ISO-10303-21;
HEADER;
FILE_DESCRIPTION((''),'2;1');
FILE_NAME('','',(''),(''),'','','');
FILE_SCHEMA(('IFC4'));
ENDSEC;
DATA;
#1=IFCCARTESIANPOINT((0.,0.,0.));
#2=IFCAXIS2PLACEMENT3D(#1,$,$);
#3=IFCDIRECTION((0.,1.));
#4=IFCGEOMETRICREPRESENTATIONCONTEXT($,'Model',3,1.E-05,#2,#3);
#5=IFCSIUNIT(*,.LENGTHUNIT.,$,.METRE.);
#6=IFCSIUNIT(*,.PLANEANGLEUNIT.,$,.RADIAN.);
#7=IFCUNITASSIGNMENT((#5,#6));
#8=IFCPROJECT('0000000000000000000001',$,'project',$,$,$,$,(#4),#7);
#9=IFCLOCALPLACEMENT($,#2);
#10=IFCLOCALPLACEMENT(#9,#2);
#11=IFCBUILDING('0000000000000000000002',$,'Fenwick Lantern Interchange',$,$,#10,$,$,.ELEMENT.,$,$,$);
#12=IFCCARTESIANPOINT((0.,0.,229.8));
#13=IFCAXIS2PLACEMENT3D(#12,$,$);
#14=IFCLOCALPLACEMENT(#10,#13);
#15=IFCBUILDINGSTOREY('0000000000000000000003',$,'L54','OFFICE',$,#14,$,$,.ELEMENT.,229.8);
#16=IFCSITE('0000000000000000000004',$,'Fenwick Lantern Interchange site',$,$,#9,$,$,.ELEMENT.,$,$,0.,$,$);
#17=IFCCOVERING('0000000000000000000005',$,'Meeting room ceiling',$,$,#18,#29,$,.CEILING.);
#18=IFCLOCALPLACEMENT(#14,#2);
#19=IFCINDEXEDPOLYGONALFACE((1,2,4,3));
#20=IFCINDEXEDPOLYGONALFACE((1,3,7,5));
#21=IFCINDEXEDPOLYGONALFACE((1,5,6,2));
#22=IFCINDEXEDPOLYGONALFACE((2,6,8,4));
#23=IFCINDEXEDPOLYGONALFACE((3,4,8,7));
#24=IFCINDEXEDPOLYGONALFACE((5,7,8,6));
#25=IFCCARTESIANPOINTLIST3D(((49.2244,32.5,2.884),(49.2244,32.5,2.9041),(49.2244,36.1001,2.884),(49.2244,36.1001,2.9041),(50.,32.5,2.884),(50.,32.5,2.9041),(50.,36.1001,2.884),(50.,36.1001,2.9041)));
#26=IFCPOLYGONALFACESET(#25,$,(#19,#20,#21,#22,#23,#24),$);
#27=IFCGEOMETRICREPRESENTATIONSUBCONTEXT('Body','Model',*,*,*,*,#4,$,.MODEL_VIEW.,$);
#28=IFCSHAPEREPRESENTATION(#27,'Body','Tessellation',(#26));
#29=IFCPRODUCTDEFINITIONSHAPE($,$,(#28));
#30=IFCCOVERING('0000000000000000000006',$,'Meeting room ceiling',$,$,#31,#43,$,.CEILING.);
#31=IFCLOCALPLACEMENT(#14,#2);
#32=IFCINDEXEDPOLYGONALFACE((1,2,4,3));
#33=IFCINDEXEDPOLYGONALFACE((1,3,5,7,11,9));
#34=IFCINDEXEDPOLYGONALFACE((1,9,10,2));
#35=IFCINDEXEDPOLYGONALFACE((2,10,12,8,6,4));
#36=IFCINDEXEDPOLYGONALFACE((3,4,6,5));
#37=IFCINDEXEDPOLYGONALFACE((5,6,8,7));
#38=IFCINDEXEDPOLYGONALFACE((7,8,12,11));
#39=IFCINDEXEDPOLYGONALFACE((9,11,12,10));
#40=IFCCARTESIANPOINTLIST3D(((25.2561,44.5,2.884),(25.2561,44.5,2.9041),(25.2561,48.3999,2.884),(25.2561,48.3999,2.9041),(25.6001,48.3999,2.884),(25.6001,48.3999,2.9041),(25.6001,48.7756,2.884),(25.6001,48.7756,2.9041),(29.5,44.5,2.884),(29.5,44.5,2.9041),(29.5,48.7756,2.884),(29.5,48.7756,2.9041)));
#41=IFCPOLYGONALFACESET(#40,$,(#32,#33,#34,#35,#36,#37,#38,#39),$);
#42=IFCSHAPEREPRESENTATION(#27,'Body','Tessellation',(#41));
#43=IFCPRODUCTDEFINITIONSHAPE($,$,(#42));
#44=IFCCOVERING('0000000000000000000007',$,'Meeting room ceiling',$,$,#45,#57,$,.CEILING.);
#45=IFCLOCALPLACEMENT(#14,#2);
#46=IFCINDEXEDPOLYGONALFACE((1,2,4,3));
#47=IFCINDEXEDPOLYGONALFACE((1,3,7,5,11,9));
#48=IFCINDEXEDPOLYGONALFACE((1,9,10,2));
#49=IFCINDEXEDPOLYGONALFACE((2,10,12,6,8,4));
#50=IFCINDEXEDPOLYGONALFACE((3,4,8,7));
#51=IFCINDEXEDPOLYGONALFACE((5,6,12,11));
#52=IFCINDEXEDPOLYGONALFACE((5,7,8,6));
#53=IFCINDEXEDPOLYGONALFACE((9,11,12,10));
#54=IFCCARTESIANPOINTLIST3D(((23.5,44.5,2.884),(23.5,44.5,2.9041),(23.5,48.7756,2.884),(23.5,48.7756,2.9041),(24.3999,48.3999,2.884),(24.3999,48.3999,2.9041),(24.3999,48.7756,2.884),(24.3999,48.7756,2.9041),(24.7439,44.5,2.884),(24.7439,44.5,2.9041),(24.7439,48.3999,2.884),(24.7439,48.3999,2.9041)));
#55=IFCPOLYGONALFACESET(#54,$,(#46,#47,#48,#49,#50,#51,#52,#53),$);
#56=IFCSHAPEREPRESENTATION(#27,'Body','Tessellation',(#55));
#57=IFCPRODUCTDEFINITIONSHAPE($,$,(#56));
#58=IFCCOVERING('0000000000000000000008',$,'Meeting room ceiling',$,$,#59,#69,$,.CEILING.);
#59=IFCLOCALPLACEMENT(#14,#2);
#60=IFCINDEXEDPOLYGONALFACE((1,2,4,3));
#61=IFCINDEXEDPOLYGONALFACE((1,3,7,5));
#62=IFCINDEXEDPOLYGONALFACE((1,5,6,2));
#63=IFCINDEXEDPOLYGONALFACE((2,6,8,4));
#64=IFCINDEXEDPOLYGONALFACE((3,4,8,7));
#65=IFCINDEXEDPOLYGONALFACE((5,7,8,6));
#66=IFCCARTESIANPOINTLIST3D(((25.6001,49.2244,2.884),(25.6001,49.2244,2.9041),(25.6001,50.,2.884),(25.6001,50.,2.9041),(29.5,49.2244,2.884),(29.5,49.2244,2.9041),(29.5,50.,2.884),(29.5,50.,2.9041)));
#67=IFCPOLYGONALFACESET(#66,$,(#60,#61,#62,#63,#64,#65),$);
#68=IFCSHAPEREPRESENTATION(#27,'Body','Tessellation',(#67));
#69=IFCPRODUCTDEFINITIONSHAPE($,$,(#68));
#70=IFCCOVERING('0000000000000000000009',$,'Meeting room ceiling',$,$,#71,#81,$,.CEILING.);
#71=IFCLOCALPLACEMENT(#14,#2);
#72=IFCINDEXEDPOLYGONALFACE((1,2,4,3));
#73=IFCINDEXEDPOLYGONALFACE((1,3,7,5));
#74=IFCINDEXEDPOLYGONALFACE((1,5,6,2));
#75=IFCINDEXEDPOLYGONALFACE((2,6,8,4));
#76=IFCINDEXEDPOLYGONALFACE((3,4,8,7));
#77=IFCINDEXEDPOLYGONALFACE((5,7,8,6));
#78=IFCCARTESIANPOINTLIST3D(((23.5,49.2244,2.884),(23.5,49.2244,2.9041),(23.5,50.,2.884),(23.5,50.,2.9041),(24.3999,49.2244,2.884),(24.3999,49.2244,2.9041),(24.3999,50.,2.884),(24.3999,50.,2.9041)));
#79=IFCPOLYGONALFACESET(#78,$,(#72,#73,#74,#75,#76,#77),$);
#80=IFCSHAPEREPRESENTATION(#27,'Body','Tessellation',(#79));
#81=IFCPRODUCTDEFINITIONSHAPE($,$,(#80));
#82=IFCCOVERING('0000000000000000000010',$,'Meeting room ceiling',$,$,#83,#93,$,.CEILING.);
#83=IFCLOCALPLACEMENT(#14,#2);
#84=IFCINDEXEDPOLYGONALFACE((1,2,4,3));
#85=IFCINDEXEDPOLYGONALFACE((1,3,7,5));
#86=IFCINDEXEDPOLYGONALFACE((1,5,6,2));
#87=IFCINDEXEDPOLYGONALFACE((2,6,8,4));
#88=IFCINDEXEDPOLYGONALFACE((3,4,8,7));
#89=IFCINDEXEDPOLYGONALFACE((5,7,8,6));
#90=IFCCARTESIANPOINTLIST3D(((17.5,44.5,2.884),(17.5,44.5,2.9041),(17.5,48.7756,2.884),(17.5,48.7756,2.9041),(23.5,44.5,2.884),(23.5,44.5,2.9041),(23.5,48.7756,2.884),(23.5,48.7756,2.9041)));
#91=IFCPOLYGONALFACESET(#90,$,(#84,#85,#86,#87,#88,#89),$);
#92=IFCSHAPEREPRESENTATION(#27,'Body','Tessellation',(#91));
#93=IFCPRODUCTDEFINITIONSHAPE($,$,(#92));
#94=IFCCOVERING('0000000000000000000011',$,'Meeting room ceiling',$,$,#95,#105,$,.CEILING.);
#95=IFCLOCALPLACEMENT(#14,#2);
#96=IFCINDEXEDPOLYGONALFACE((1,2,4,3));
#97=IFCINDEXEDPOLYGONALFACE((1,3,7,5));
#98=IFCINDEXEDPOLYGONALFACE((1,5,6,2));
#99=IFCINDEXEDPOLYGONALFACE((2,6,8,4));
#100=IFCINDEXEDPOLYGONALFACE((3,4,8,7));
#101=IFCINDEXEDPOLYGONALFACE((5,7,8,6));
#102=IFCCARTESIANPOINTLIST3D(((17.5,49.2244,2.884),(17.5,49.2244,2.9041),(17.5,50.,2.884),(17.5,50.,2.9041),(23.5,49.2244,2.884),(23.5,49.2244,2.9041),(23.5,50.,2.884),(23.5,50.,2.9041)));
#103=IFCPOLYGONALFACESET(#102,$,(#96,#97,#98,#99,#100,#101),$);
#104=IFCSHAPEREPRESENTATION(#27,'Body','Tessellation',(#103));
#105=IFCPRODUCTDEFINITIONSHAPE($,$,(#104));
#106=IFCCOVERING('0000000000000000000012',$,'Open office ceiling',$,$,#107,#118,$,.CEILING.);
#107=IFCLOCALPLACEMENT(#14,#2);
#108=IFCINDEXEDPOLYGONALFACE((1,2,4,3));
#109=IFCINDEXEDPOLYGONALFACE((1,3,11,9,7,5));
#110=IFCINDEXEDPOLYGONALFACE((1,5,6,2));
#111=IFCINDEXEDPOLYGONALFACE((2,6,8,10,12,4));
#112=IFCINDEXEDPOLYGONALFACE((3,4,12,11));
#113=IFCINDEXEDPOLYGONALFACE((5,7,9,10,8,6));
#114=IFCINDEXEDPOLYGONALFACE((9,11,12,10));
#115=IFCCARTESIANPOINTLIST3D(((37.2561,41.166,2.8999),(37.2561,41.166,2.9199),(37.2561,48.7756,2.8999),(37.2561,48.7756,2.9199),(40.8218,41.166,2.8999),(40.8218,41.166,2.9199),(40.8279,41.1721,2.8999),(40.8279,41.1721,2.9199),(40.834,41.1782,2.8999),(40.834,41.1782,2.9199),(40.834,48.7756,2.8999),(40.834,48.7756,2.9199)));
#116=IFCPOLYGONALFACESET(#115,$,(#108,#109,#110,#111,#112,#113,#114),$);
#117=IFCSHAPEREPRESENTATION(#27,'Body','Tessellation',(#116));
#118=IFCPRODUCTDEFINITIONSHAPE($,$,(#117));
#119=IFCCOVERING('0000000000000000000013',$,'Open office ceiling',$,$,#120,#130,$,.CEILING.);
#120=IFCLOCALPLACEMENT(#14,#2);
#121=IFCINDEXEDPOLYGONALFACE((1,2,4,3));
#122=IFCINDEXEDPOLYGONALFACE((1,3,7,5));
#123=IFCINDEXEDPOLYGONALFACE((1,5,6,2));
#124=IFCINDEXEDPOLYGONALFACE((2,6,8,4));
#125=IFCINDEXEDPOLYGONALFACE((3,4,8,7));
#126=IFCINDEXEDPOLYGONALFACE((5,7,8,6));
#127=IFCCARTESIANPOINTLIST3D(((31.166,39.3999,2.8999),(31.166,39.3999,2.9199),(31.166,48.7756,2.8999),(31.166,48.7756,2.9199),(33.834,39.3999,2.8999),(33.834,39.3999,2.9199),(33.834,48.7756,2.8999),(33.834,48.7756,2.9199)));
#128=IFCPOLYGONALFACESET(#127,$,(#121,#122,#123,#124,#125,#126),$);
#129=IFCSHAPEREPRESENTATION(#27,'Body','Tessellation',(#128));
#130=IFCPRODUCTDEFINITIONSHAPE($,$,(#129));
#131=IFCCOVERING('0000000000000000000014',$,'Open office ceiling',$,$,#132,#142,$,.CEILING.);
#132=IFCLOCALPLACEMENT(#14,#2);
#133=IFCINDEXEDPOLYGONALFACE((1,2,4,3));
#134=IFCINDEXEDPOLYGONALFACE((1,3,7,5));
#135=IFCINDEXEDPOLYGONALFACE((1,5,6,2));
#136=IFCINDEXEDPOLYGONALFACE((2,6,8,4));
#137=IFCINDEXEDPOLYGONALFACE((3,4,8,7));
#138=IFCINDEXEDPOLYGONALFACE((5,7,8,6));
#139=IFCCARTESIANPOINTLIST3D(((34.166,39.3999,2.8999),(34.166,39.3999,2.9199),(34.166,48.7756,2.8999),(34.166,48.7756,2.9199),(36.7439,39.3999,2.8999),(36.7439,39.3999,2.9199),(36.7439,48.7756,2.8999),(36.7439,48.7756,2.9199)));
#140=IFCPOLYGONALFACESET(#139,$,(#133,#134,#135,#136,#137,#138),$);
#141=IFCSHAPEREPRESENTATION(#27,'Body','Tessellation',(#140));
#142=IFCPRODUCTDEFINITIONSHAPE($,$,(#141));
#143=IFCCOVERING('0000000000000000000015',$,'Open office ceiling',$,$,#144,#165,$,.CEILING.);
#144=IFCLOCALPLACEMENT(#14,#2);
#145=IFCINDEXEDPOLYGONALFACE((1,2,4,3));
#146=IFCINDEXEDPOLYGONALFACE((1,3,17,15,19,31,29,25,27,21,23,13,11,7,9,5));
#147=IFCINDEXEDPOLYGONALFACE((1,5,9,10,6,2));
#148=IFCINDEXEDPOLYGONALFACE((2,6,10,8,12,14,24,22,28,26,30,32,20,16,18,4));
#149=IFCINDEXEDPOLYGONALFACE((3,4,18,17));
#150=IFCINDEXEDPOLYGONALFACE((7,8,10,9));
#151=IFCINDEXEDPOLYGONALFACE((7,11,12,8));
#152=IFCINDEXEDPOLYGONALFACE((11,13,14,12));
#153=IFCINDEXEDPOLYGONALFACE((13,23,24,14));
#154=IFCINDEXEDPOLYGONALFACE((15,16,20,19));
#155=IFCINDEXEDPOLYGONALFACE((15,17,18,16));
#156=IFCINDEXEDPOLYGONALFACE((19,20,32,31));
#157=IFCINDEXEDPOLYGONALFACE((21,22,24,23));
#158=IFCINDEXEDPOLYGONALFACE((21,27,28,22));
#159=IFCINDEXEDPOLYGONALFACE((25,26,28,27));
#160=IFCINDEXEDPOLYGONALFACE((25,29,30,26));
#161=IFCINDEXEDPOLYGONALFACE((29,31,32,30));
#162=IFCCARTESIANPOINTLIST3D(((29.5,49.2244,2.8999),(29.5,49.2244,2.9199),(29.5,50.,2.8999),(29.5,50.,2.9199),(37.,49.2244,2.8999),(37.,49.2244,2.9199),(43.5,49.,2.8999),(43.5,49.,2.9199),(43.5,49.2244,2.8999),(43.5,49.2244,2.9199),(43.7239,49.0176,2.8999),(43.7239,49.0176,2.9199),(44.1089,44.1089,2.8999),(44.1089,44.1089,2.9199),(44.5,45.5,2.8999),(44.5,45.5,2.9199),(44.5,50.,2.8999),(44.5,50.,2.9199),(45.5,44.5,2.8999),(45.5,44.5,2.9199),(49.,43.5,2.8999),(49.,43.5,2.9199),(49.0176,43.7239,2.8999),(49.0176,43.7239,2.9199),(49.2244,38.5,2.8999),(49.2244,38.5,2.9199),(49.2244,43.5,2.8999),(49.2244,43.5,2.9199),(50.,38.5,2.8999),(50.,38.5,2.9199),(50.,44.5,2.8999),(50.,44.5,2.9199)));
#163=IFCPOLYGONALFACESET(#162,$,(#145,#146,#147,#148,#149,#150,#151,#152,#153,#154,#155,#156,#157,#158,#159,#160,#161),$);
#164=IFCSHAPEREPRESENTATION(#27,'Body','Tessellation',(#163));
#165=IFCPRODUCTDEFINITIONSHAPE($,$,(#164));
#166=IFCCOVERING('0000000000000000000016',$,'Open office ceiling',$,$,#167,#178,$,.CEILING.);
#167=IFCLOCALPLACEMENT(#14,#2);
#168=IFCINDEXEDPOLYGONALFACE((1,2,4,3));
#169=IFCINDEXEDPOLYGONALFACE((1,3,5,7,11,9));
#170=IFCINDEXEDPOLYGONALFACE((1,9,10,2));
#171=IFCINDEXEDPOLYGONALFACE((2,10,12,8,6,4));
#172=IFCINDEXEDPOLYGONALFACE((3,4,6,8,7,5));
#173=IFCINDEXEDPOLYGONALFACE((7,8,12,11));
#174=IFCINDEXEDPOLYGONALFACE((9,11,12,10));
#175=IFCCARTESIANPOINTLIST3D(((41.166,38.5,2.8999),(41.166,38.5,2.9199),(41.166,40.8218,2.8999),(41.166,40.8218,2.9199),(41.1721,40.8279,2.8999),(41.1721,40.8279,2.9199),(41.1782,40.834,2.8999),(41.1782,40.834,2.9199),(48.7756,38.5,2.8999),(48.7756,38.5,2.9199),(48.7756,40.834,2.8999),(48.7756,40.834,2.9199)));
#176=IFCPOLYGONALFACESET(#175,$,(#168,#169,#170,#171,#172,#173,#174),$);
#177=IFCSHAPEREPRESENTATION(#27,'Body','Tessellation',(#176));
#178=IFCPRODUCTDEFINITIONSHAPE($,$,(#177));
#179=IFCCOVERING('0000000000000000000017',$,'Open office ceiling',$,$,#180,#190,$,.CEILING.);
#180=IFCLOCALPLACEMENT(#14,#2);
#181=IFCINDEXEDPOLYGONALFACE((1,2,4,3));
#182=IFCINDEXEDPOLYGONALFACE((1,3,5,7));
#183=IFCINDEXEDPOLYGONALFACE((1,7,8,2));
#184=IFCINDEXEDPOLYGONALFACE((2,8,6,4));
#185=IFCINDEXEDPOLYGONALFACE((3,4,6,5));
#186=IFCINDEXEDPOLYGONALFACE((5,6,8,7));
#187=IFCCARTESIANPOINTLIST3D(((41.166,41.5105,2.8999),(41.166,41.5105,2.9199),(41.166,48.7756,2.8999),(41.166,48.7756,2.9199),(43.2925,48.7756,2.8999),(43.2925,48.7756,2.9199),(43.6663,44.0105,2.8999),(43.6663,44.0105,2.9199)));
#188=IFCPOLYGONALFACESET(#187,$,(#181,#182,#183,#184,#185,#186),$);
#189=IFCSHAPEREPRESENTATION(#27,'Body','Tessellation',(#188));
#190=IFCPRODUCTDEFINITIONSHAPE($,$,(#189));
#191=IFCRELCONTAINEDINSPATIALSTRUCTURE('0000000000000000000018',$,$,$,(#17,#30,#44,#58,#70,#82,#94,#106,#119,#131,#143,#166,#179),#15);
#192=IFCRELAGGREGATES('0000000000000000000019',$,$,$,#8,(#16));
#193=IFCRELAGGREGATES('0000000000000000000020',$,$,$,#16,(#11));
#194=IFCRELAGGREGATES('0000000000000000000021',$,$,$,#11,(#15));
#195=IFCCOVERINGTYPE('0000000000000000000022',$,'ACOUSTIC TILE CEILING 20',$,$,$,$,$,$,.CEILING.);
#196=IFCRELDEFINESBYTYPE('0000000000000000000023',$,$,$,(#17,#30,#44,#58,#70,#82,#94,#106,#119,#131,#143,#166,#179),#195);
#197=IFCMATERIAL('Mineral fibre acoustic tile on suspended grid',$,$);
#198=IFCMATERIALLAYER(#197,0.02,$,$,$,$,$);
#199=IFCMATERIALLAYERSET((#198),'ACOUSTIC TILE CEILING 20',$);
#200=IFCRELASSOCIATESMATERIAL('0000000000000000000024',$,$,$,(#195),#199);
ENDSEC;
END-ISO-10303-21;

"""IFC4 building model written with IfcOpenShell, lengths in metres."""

from ifc_helpers import new_model, si_unit, direction, frame, origin, place, context, subcontext, project, spatial, polyline, outline, extrude, material, layer, layer_set, type_object, element, save


model = new_model("IFC4")

# Units and contexts
model_context = context("Model", 3, precision=1e-05, world=origin(), true_north=direction((0.0, 1.0)))
body_context = subcontext(model_context, "Body", "Model", "MODEL_VIEW")
ifc_project = project(units=[si_unit("LENGTHUNIT", "METRE"), si_unit("PLANEANGLEUNIT", "RADIAN")], contexts=[model_context])

# Site, building, storey
site_placement = place(None, origin())
site = spatial("IfcSite", under=ifc_project, at=site_placement, Name="Fenwick Lantern Interchange site", CompositionType="ELEMENT", RefElevation=0.0)
building_placement = place(site_placement, origin())
building = spatial("IfcBuilding", under=site, at=building_placement, Name="Fenwick Lantern Interchange", CompositionType="ELEMENT")
storey_placement = place(building_placement, frame((0.0, 0.0, 229.8)))
storey = spatial("IfcBuildingStorey", under=building, at=storey_placement, Name="L54", Description="OFFICE", CompositionType="ELEMENT", Elevation=229.8)

# Coverings
ifc_material_1 = material(Name="Mineral fibre acoustic tile on suspended grid")
ifc_layer_1 = layer(ifc_material_1, 0.02)
ifc_layer_set_1 = layer_set([ifc_layer_1], Name="ACOUSTIC TILE CEILING 20")
covering_type_1 = type_object("IfcCoveringType", Name="ACOUSTIC TILE CEILING 20", PredefinedType="CEILING", material=ifc_layer_set_1)
covering_1_placement = place(storey_placement, frame((0.0, 0.0, 2.884)))
element("IfcCovering", 1, at=covering_1_placement, inside=storey, type_object=covering_type_1, Name="Meeting room ceiling", PredefinedType="CEILING", context=body_context, shape_type="SweptSolid", body=[
    extrude(outline(polyline([(50.0, 36.1001), (49.2244, 36.1001), (49.2244, 32.5), (50.0, 32.5), (50.0, 36.1001)])), origin(), (0.0, 0.0, 1.0), 0.02),
])
covering_2_placement = place(storey_placement, frame((0.0, 0.0, 2.884)))
element("IfcCovering", 2, at=covering_2_placement, inside=storey, type_object=covering_type_1, Name="Meeting room ceiling", PredefinedType="CEILING", context=body_context, shape_type="SweptSolid", body=[
    extrude(outline(polyline([(29.5, 44.5), (29.5, 48.7756), (25.6001, 48.7756), (25.6001, 48.3999), (25.2561, 48.3999), (25.2561, 44.5), (29.5, 44.5)])), origin(), (0.0, 0.0, 1.0), 0.02),
])
covering_3_placement = place(storey_placement, frame((0.0, 0.0, 2.884)))
element("IfcCovering", 3, at=covering_3_placement, inside=storey, type_object=covering_type_1, Name="Meeting room ceiling", PredefinedType="CEILING", context=body_context, shape_type="SweptSolid", body=[
    extrude(outline(polyline([(23.5, 44.5), (24.7439, 44.5), (24.7439, 48.3999), (24.3999, 48.3999), (24.3999, 48.7756), (23.5, 48.7756), (23.5, 44.5)])), origin(), (0.0, 0.0, 1.0), 0.02),
])
covering_4_placement = place(storey_placement, frame((0.0, 0.0, 2.884)))
element("IfcCovering", 4, at=covering_4_placement, inside=storey, type_object=covering_type_1, Name="Meeting room ceiling", PredefinedType="CEILING", context=body_context, shape_type="SweptSolid", body=[
    extrude(outline(polyline([(29.5, 49.2244), (29.5, 50.0), (25.6001, 50.0), (25.6001, 49.2244), (29.5, 49.2244)])), origin(), (0.0, 0.0, 1.0), 0.02),
])
covering_5_placement = place(storey_placement, frame((0.0, 0.0, 2.884)))
element("IfcCovering", 5, at=covering_5_placement, inside=storey, type_object=covering_type_1, Name="Meeting room ceiling", PredefinedType="CEILING", context=body_context, shape_type="SweptSolid", body=[
    extrude(outline(polyline([(23.5, 50.0), (23.5, 49.2244), (24.3999, 49.2244), (24.3999, 50.0), (23.5, 50.0)])), origin(), (0.0, 0.0, 1.0), 0.02),
])
covering_6_placement = place(storey_placement, frame((0.0, 0.0, 2.884)))
element("IfcCovering", 6, at=covering_6_placement, inside=storey, type_object=covering_type_1, Name="Meeting room ceiling", PredefinedType="CEILING", context=body_context, shape_type="SweptSolid", body=[
    extrude(outline(polyline([(23.5, 44.5), (23.5, 48.7756), (17.5, 48.7756), (17.5, 44.5), (23.5, 44.5)])), origin(), (0.0, 0.0, 1.0), 0.02),
])
covering_7_placement = place(storey_placement, frame((0.0, 0.0, 2.884)))
element("IfcCovering", 7, at=covering_7_placement, inside=storey, type_object=covering_type_1, Name="Meeting room ceiling", PredefinedType="CEILING", context=body_context, shape_type="SweptSolid", body=[
    extrude(outline(polyline([(17.5, 50.0), (17.5, 49.2244), (23.5, 49.2244), (23.5, 50.0), (17.5, 50.0)])), origin(), (0.0, 0.0, 1.0), 0.02),
])
covering_8_placement = place(storey_placement, frame((0.0, 0.0, 2.8999)))
element("IfcCovering", 8, at=covering_8_placement, inside=storey, type_object=covering_type_1, Name="Open office ceiling", PredefinedType="CEILING", context=body_context, shape_type="SweptSolid", body=[
    extrude(outline(polyline([(40.834, 48.7756), (37.2561, 48.7756), (37.2561, 41.166), (40.8218, 41.166), (40.8279, 41.1721), (40.834, 41.1782), (40.834, 48.7756)])), origin(), (0.0, 0.0, 1.0), 0.02),
])
covering_9_placement = place(storey_placement, frame((0.0, 0.0, 2.8999)))
element("IfcCovering", 9, at=covering_9_placement, inside=storey, type_object=covering_type_1, Name="Open office ceiling", PredefinedType="CEILING", context=body_context, shape_type="SweptSolid", body=[
    extrude(outline(polyline([(31.166, 39.3999), (33.834, 39.3999), (33.834, 48.7756), (31.166, 48.7756), (31.166, 39.3999)])), origin(), (0.0, 0.0, 1.0), 0.02),
])
covering_10_placement = place(storey_placement, frame((0.0, 0.0, 2.8999)))
element("IfcCovering", 10, at=covering_10_placement, inside=storey, type_object=covering_type_1, Name="Open office ceiling", PredefinedType="CEILING", context=body_context, shape_type="SweptSolid", body=[
    extrude(outline(polyline([(34.166, 39.3999), (36.7439, 39.3999), (36.7439, 48.7756), (34.166, 48.7756), (34.166, 39.3999)])), origin(), (0.0, 0.0, 1.0), 0.02),
])
covering_11_placement = place(storey_placement, frame((0.0, 0.0, 2.8999)))
element("IfcCovering", 11, at=covering_11_placement, inside=storey, type_object=covering_type_1, Name="Open office ceiling", PredefinedType="CEILING", context=body_context, shape_type="SweptSolid", body=[
    extrude(outline(polyline([(44.5, 50.0), (29.5, 50.0), (29.5, 49.2244), (37.0, 49.2244), (43.5, 49.2244), (43.5, 49.0), (43.7239, 49.0176), (44.1089, 44.1089), (49.0176, 43.7239), (49.0, 43.5), (49.2244, 43.5), (49.2244, 38.5), (50.0, 38.5), (50.0, 44.5), (45.5, 44.5), (44.5, 45.5), (44.5, 50.0)])), origin(), (0.0, 0.0, 1.0), 0.02),
])
covering_12_placement = place(storey_placement, frame((0.0, 0.0, 2.8999)))
element("IfcCovering", 12, at=covering_12_placement, inside=storey, type_object=covering_type_1, Name="Open office ceiling", PredefinedType="CEILING", context=body_context, shape_type="SweptSolid", body=[
    extrude(outline(polyline([(41.166, 38.5), (48.7756, 38.5), (48.7756, 40.834), (41.1782, 40.834), (41.1721, 40.8279), (41.166, 40.8218), (41.166, 38.5)])), origin(), (0.0, 0.0, 1.0), 0.02),
])
covering_13_placement = place(storey_placement, frame((0.0, 0.0, 2.8999)))
element("IfcCovering", 13, at=covering_13_placement, inside=storey, type_object=covering_type_1, Name="Open office ceiling", PredefinedType="CEILING", context=body_context, shape_type="SweptSolid", body=[
    extrude(outline(polyline([(43.2925, 48.7756), (41.166, 48.7756), (41.166, 41.5105), (43.6663, 44.0105), (43.2925, 48.7756)])), origin(), (0.0, 0.0, 1.0), 0.02),
])

save(model, "model.ifc")
